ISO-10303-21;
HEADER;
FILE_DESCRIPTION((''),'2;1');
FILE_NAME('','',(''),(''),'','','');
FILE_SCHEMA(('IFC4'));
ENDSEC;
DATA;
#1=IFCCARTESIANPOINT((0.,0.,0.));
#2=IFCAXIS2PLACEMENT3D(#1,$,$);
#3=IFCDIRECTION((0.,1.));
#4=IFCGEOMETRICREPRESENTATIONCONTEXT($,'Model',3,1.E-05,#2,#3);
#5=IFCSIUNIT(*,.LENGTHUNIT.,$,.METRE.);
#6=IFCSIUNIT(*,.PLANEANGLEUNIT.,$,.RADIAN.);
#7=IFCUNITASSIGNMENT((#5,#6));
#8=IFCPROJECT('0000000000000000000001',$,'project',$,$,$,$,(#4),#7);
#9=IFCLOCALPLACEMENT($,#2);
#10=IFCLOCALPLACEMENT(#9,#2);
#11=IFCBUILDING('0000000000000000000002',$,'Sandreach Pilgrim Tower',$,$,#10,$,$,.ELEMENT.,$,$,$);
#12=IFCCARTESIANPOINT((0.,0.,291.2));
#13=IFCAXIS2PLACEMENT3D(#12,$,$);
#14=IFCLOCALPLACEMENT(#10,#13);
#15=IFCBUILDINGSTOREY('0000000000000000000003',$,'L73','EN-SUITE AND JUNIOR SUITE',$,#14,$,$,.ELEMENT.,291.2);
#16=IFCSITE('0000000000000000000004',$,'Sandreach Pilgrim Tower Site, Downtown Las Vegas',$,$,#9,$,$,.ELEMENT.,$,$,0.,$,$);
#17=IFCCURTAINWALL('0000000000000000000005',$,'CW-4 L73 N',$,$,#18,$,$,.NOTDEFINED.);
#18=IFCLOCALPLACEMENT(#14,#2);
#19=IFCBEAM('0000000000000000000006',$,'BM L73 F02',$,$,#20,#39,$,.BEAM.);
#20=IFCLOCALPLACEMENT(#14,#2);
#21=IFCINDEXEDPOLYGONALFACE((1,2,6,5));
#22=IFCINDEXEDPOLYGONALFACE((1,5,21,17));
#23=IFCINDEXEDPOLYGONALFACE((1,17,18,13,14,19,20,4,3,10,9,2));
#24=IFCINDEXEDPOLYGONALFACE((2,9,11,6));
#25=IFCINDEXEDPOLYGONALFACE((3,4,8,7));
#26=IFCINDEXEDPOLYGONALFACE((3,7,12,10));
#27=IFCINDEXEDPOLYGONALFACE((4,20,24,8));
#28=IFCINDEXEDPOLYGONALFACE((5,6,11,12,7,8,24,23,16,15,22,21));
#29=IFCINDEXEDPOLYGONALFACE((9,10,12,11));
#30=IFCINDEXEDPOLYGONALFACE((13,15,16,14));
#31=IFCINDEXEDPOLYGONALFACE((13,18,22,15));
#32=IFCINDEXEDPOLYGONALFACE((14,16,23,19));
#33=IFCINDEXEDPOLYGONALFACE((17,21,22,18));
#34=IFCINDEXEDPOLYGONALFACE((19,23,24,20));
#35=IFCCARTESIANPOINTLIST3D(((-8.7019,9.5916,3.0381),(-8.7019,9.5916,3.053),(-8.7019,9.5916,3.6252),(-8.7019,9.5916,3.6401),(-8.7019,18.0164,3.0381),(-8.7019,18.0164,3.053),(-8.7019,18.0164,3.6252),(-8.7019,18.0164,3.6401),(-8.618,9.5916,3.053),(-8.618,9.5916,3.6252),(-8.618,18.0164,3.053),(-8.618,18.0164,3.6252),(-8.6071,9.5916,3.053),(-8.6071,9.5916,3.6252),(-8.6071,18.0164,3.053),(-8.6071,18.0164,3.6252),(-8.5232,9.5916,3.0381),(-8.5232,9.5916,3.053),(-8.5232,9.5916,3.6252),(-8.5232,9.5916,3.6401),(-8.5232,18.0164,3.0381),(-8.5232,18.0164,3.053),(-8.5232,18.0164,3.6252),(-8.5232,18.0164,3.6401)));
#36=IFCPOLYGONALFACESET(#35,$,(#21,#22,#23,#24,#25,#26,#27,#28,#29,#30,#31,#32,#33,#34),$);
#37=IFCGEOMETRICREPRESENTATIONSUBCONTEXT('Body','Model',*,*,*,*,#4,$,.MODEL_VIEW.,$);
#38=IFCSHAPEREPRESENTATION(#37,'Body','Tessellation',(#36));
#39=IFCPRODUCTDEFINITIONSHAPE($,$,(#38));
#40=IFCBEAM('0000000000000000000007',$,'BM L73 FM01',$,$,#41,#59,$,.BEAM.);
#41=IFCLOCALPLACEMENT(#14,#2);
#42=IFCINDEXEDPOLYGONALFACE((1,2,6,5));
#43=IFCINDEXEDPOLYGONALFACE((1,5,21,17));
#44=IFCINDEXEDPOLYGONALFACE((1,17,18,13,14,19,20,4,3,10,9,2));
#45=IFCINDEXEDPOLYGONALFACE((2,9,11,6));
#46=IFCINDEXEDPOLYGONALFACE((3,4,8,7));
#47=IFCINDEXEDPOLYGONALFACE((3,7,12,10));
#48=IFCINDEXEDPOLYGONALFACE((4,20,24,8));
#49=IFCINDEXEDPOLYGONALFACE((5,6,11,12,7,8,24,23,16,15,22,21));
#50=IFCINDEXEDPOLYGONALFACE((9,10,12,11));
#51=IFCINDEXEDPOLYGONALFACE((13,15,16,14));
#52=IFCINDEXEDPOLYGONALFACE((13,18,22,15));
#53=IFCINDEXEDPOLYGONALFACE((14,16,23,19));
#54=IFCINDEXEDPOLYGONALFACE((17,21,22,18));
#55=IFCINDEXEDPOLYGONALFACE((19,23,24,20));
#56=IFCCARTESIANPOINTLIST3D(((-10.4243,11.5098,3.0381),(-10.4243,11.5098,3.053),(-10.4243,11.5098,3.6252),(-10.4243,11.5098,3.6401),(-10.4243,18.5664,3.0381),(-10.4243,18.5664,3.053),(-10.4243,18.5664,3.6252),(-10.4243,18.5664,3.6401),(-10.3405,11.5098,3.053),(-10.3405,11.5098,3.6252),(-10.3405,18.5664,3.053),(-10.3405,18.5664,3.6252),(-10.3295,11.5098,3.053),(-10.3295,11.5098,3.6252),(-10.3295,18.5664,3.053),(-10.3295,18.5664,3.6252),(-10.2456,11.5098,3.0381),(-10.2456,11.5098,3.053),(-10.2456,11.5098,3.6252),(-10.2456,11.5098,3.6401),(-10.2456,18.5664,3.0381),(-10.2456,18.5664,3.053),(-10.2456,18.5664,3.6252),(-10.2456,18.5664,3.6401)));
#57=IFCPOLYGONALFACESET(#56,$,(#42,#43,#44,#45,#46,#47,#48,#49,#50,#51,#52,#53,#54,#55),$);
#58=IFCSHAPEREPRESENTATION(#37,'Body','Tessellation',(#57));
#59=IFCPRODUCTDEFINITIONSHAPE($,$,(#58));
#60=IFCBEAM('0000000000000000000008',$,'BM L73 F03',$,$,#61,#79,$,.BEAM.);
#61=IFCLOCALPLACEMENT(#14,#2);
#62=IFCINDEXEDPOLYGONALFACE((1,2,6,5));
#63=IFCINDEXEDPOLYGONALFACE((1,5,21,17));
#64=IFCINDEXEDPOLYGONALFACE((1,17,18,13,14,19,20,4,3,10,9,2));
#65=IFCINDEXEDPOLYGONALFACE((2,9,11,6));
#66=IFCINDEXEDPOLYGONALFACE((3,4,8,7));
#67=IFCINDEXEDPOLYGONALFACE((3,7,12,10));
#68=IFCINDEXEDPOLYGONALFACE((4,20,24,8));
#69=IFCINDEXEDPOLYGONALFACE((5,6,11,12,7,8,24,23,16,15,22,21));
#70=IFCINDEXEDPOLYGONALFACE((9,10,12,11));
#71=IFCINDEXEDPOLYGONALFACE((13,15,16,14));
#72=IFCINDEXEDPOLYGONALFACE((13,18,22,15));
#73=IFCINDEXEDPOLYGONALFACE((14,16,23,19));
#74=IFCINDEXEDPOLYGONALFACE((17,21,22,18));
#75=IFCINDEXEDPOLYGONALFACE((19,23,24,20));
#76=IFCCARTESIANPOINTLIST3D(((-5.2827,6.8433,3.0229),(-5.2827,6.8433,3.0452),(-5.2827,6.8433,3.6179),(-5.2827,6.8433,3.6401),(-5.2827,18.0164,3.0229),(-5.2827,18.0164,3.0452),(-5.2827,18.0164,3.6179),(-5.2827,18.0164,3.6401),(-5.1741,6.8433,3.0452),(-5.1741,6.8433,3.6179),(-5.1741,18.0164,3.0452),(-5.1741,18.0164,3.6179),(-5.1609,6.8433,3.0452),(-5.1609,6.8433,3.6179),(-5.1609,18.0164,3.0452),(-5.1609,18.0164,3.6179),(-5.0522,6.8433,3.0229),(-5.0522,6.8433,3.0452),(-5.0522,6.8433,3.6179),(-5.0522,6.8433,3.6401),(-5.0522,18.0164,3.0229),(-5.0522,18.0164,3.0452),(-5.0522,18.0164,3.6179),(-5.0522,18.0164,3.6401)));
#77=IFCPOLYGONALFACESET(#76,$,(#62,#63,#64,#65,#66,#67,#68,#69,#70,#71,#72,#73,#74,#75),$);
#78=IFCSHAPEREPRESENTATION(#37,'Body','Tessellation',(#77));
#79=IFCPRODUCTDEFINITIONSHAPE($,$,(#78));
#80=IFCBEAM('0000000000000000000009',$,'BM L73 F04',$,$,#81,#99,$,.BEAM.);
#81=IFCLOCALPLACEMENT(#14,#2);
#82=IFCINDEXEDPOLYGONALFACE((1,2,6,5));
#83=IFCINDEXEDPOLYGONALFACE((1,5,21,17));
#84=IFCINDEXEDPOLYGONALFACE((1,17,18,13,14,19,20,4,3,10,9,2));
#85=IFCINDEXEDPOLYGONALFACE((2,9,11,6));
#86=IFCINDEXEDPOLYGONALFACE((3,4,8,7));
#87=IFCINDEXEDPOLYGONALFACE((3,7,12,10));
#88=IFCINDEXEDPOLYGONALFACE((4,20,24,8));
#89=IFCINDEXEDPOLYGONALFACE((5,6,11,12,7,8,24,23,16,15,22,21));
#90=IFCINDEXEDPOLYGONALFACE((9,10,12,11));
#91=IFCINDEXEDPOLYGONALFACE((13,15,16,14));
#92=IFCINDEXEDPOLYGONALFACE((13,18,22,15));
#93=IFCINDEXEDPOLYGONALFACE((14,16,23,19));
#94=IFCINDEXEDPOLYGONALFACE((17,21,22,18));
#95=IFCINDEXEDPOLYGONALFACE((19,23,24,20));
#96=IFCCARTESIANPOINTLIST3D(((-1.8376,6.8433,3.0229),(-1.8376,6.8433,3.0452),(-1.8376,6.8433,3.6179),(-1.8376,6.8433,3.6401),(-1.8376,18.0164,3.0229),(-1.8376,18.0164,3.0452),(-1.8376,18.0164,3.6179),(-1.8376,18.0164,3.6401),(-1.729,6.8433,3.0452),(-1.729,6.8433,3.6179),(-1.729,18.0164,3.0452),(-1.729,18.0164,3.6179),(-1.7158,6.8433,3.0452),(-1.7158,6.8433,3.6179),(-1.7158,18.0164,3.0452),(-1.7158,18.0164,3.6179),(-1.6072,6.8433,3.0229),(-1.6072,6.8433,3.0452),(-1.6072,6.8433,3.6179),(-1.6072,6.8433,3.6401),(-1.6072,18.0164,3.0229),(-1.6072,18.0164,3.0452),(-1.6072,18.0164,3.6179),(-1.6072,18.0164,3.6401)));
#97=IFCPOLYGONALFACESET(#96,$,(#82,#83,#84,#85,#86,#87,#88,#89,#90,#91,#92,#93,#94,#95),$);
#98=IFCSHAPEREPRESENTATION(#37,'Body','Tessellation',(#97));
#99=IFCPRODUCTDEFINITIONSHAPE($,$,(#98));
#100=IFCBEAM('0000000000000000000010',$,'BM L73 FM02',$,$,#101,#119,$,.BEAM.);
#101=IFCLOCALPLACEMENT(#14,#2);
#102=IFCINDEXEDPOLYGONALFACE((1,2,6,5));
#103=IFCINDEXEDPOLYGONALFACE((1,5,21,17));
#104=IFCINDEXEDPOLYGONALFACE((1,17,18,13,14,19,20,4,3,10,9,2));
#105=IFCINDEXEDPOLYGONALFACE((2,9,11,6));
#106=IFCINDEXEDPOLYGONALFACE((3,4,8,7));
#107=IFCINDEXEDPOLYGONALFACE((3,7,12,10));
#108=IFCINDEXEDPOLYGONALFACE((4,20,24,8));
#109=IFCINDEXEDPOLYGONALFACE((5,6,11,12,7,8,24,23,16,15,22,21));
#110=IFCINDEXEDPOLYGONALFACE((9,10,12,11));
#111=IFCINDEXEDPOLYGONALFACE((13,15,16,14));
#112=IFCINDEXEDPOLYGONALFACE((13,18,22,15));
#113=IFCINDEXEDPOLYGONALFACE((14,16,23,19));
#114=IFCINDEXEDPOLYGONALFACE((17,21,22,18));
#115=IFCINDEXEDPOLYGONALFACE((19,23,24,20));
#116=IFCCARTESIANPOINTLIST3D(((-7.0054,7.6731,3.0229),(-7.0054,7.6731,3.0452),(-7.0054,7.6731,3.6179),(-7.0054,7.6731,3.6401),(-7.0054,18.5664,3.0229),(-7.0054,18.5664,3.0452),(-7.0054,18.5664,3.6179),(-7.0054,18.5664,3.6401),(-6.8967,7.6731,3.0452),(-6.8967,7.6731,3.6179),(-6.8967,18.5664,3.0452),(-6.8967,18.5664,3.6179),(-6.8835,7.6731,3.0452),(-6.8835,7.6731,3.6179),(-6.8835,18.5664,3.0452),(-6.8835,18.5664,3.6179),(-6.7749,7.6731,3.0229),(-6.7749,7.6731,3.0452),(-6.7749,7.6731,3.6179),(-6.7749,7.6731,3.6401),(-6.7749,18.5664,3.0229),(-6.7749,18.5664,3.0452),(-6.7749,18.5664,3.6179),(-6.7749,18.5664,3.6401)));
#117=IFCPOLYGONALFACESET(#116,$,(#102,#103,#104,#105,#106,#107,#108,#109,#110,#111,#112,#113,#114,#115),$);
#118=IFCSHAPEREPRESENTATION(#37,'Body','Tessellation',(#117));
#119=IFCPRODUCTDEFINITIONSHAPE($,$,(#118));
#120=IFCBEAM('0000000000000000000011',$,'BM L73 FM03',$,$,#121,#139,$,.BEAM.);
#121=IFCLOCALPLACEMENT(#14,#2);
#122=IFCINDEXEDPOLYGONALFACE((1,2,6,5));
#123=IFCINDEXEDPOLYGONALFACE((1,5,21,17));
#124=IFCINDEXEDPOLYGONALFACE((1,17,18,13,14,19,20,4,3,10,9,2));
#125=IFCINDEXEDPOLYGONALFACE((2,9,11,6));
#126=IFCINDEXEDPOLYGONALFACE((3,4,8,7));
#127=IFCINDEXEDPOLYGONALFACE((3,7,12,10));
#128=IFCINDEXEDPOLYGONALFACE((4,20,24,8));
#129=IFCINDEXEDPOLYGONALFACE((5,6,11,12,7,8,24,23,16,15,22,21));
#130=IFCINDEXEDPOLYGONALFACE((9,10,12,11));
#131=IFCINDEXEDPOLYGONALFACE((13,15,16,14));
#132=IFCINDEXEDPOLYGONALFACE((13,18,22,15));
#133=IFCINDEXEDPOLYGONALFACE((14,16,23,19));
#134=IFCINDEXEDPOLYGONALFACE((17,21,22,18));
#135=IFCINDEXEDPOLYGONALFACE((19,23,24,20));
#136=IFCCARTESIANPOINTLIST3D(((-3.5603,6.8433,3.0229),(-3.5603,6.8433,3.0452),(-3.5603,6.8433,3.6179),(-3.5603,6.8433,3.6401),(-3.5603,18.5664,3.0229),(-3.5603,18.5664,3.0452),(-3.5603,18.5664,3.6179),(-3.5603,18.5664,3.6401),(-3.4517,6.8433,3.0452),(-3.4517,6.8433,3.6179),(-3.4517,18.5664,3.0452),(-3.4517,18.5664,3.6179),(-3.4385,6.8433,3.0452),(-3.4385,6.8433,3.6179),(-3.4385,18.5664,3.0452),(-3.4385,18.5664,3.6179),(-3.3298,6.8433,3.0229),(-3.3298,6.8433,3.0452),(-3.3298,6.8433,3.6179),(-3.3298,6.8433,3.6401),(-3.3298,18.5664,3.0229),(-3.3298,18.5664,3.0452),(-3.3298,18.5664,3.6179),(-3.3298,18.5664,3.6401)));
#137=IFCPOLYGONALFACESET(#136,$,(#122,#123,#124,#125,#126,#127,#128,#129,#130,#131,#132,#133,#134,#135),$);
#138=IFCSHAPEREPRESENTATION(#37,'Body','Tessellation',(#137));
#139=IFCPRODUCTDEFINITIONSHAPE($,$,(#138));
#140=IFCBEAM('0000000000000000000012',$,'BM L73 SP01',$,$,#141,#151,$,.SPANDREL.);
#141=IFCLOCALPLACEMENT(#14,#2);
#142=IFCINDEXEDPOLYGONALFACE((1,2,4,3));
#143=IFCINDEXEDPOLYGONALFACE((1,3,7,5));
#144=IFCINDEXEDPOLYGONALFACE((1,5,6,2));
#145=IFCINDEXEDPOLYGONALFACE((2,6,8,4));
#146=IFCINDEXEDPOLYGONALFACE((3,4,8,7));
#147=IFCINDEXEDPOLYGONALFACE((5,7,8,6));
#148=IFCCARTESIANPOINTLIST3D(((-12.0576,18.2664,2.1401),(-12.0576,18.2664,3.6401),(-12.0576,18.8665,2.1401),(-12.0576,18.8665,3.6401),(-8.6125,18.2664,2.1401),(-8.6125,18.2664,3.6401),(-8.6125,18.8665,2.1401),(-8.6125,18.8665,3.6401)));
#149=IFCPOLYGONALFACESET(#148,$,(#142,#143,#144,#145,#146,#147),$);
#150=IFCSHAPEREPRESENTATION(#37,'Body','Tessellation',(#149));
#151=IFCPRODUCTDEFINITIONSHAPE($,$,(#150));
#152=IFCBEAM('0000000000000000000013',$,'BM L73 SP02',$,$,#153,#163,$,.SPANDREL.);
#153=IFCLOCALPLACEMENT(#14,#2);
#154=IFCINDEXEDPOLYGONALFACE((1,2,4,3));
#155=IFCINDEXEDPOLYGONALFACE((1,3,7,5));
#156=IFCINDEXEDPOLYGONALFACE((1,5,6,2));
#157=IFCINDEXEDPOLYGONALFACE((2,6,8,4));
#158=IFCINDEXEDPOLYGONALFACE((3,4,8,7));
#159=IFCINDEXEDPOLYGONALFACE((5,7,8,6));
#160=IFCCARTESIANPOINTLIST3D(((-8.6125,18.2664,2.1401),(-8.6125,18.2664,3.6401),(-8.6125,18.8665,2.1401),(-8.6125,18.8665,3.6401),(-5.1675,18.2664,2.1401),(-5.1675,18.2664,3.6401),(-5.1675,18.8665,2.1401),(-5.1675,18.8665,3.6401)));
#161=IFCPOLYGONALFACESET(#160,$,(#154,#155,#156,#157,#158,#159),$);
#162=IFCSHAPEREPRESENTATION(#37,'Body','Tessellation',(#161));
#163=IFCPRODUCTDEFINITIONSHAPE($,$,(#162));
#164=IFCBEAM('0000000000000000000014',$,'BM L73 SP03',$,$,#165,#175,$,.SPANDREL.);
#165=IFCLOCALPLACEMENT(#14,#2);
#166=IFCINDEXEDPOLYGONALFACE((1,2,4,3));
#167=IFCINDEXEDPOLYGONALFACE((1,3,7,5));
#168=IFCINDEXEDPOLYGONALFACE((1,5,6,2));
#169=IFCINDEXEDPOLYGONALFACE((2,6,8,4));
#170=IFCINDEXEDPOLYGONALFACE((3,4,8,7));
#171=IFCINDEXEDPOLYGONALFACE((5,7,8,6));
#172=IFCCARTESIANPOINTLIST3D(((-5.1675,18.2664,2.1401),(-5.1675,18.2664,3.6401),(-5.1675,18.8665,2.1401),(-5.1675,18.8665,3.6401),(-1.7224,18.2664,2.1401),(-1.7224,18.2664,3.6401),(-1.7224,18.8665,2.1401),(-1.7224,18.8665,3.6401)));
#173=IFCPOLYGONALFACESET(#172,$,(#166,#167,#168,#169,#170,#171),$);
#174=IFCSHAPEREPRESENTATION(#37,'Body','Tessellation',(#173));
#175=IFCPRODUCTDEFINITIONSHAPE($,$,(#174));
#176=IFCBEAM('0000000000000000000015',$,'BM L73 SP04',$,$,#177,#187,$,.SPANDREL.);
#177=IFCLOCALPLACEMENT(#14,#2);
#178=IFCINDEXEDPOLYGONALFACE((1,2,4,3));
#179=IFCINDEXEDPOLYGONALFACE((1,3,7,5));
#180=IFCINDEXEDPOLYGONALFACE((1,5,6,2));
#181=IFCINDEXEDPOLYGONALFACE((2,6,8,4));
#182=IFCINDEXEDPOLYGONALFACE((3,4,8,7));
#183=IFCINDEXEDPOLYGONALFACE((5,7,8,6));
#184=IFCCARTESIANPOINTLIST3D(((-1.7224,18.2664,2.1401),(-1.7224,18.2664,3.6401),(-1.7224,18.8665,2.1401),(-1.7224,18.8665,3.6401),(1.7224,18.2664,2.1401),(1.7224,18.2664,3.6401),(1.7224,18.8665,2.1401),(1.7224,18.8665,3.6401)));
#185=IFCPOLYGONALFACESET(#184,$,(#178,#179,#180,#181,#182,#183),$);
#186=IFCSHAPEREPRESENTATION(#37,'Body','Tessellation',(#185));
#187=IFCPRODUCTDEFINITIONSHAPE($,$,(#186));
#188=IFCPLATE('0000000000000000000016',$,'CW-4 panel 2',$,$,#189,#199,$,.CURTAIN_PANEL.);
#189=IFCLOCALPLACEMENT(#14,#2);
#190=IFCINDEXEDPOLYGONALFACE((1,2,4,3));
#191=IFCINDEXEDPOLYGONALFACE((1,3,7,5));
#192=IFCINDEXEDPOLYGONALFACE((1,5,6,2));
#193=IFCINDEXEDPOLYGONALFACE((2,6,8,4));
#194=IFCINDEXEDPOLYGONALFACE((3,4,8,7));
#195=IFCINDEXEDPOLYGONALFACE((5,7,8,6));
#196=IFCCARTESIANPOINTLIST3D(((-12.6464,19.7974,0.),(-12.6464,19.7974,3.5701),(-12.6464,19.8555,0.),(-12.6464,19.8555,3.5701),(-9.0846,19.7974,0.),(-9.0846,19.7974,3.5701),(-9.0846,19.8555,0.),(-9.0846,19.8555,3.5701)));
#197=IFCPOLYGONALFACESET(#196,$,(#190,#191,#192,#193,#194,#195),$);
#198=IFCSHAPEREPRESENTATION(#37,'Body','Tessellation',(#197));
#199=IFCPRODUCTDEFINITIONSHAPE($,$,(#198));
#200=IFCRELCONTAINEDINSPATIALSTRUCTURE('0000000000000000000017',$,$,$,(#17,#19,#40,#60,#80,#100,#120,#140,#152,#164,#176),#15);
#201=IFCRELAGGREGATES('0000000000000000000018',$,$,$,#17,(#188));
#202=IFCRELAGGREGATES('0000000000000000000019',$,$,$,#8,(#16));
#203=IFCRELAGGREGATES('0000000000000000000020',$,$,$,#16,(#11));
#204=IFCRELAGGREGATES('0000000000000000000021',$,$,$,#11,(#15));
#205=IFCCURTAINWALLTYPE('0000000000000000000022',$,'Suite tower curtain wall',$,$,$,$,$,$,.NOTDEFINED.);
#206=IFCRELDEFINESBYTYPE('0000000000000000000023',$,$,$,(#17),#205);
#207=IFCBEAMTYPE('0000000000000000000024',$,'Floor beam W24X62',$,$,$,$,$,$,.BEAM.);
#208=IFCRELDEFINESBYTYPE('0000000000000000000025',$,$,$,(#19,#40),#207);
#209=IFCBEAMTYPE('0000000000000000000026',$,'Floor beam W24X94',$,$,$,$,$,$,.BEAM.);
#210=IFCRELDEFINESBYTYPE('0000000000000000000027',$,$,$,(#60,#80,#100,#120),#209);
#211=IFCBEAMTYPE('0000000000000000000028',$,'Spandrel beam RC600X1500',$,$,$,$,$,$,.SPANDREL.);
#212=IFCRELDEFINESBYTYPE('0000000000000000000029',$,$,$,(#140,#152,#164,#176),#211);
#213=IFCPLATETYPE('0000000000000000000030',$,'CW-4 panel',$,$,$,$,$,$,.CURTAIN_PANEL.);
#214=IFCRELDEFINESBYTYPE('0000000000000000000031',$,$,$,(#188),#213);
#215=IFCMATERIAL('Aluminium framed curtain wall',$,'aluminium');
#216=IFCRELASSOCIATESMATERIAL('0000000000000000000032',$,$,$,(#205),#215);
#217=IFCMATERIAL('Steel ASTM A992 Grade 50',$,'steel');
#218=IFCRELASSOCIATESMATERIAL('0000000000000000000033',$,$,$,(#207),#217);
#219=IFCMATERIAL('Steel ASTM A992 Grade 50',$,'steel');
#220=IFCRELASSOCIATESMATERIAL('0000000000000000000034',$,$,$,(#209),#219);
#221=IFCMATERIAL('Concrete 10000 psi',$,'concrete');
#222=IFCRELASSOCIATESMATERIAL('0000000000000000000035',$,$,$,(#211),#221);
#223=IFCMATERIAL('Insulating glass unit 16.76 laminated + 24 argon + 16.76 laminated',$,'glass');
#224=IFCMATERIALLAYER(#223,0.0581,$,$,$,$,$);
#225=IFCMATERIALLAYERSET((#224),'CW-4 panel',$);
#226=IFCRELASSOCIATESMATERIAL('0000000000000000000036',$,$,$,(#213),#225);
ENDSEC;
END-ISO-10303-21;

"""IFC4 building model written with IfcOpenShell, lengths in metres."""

from ifc_helpers import new_model, si_unit, direction, frame, origin, origin_2d, place, context, subcontext, project, spatial, rectangle, i_section, extrude, material, layer, layer_set, material_profile, profile_set, type_object, element, aggregate, save


model = new_model("IFC4")

# Units and contexts
model_context = context("Model", 3, precision=1e-05, world=origin(), true_north=direction((0.0, 1.0)))
body_context = subcontext(model_context, "Body", "Model", "MODEL_VIEW")
ifc_project = project(units=[si_unit("LENGTHUNIT", "METRE"), si_unit("PLANEANGLEUNIT", "RADIAN")], contexts=[model_context])

# Site, building, storey
site_placement = place(None, origin())
site = spatial("IfcSite", under=ifc_project, at=site_placement, Name="Sandreach Pilgrim Tower Site, Downtown Las Vegas", CompositionType="ELEMENT", RefElevation=0.0)
building_placement = place(site_placement, origin())
building = spatial("IfcBuilding", under=site, at=building_placement, Name="Sandreach Pilgrim Tower", CompositionType="ELEMENT")
storey_placement = place(building_placement, frame((0.0, 0.0, 291.2)))
storey = spatial("IfcBuildingStorey", under=building, at=storey_placement, Name="L73", Description="EN-SUITE AND JUNIOR SUITE", CompositionType="ELEMENT", Elevation=291.2)

# Curtain wall
ifc_material_1 = material(Name="Aluminium framed curtain wall", Category="aluminium")
curtain_wall_type = type_object("IfcCurtainWallType", Name="Suite tower curtain wall", PredefinedType="NOTDEFINED", material=ifc_material_1)
curtain_wall_placement = place(storey_placement, origin())
curtain_wall = element("IfcCurtainWall", 1, at=curtain_wall_placement, inside=storey, type_object=curtain_wall_type, Name="CW-4 L73 N", PredefinedType="NOTDEFINED")

# Beams
ifc_material_2 = material(Name="Steel ASTM A992 Grade 50", Category="steel")
ifc_material_profile_1 = material_profile(ifc_material_2, i_section(OverallWidth=0.1787, OverallDepth=0.6021, WebThickness=0.011, FlangeThickness=0.0149, at=origin_2d()), Name="W24X62")
ifc_profile_set_1 = profile_set([ifc_material_profile_1], Name="Steel ASTM A992 Grade 50")
beam_type_1 = type_object("IfcBeamType", Name="Floor beam W24X62", PredefinedType="BEAM", material=ifc_profile_set_1)
beam_1_placement = place(storey_placement, frame((-8.6125, 18.0164, 3.3391), z_axis=(0.0, -1.0, 0.0), x_axis=(1.0, 0.0, 0.0)))
element("IfcBeam", 2, at=beam_1_placement, inside=storey, type_object=beam_type_1, Name="BM L73 F02", PredefinedType="BEAM", context=body_context, shape_type="SweptSolid", body=[
    extrude(i_section(OverallWidth=0.1787, OverallDepth=0.6021, WebThickness=0.011, FlangeThickness=0.0149, at=origin_2d()), origin(), (0.0, 0.0, 1.0), 8.4248),
])
beam_2_placement = place(storey_placement, frame((-10.335, 18.5664, 3.3391), z_axis=(0.0, -1.0, 0.0), x_axis=(1.0, 0.0, 0.0)))
element("IfcBeam", 3, at=beam_2_placement, inside=storey, type_object=beam_type_1, Name="BM L73 FM01", PredefinedType="BEAM", context=body_context, shape_type="SweptSolid", body=[
    extrude(i_section(OverallWidth=0.1787, OverallDepth=0.6021, WebThickness=0.011, FlangeThickness=0.0149, at=origin_2d()), origin(), (0.0, 0.0, 1.0), 7.0566),
])
ifc_material_3 = material(Name="Steel ASTM A992 Grade 50", Category="steel")
ifc_material_profile_2 = material_profile(ifc_material_3, i_section(OverallWidth=0.2305, OverallDepth=0.6172, WebThickness=0.0132, FlangeThickness=0.0222, at=origin_2d()), Name="W24X94")
ifc_profile_set_2 = profile_set([ifc_material_profile_2], Name="Steel ASTM A992 Grade 50")
beam_type_2 = type_object("IfcBeamType", Name="Floor beam W24X94", PredefinedType="BEAM", material=ifc_profile_set_2)
for number, where, z_axis, x_axis, name in (
    (4, (-5.1675, 18.0164, 3.3315), (0.0, -1.0, 0.0), (1.0, 0.0, 0.0), "BM L73 F03"),
    (5, (-1.7224, 18.0164, 3.3315), (0.0, -1.0, 0.0), (1.0, 0.0, 0.0), "BM L73 F04"),
):
    element("IfcBeam", number, at=place(storey_placement, frame(where, z_axis=z_axis, x_axis=x_axis)), inside=storey, type_object=beam_type_2, Name=name, PredefinedType="BEAM", context=body_context, shape_type="SweptSolid", body=[
        extrude(i_section(OverallWidth=0.2305, OverallDepth=0.6172, WebThickness=0.0132, FlangeThickness=0.0222, at=origin_2d()), origin(), (0.0, 0.0, 1.0), 11.1731),
    ])
beam_3_placement = place(storey_placement, frame((-6.8901, 18.5664, 3.3315), z_axis=(0.0, -1.0, 0.0), x_axis=(1.0, 0.0, 0.0)))
element("IfcBeam", 6, at=beam_3_placement, inside=storey, type_object=beam_type_2, Name="BM L73 FM02", PredefinedType="BEAM", context=body_context, shape_type="SweptSolid", body=[
    extrude(i_section(OverallWidth=0.2305, OverallDepth=0.6172, WebThickness=0.0132, FlangeThickness=0.0222, at=origin_2d()), origin(), (0.0, 0.0, 1.0), 10.8933),
])
beam_4_placement = place(storey_placement, frame((-3.4451, 18.5664, 3.3315), z_axis=(0.0, -1.0, 0.0), x_axis=(1.0, 0.0, 0.0)))
element("IfcBeam", 7, at=beam_4_placement, inside=storey, type_object=beam_type_2, Name="BM L73 FM03", PredefinedType="BEAM", context=body_context, shape_type="SweptSolid", body=[
    extrude(i_section(OverallWidth=0.2305, OverallDepth=0.6172, WebThickness=0.0132, FlangeThickness=0.0222, at=origin_2d()), origin(), (0.0, 0.0, 1.0), 11.7231),
])
ifc_material_4 = material(Name="Concrete 10000 psi", Category="concrete")
ifc_material_profile_3 = material_profile(ifc_material_4, rectangle(XDim=0.6001, YDim=1.5, at=origin_2d()), Name="RC600X1500")
ifc_profile_set_3 = profile_set([ifc_material_profile_3], Name="Concrete 10000 psi")
beam_type_3 = type_object("IfcBeamType", Name="Spandrel beam RC600X1500", PredefinedType="SPANDREL", material=ifc_profile_set_3)
for number, where, z_axis, x_axis, name in (
    (8, (-12.0576, 18.5664, 2.8901), (1.0, 0.0, 0.0), (0.0, 1.0, 0.0), "BM L73 SP01"),
    (9, (-8.6125, 18.5664, 2.8901), (1.0, 0.0, 0.0), (0.0, 1.0, 0.0), "BM L73 SP02"),
    (10, (-5.1675, 18.5664, 2.8901), (1.0, 0.0, 0.0), (0.0, 1.0, 0.0), "BM L73 SP03"),
):
    element("IfcBeam", number, at=place(storey_placement, frame(where, z_axis=z_axis, x_axis=x_axis)), inside=storey, type_object=beam_type_3, Name=name, PredefinedType="SPANDREL", context=body_context, shape_type="SweptSolid", body=[
        extrude(rectangle(XDim=0.6001, YDim=1.5, at=origin_2d()), origin(), (0.0, 0.0, 1.0), 3.4451),
    ])
beam_5_placement = place(storey_placement, frame((-1.7224, 18.5664, 2.8901), z_axis=(1.0, 0.0, 0.0), x_axis=(0.0, 1.0, 0.0)))
element("IfcBeam", 11, at=beam_5_placement, inside=storey, type_object=beam_type_3, Name="BM L73 SP04", PredefinedType="SPANDREL", context=body_context, shape_type="SweptSolid", body=[
    extrude(rectangle(XDim=0.6001, YDim=1.5, at=origin_2d()), origin(), (0.0, 0.0, 1.0), 3.4448),
])

# Plate
ifc_material_5 = material(Name="Insulating glass unit 16.76 laminated + 24 argon + 16.76 laminated", Category="glass")
ifc_layer_1 = layer(ifc_material_5, 0.0581)
ifc_layer_set_1 = layer_set([ifc_layer_1], Name="CW-4 panel")
plate_type = type_object("IfcPlateType", Name="CW-4 panel", PredefinedType="CURTAIN_PANEL", material=ifc_layer_set_1)
plate_1_placement = place(storey_placement, frame((-10.8655, 19.8264, 0.0), z_axis=(0.0, 0.0, 1.0), x_axis=(1.0, 0.0, 0.0)))
plate_1 = element("IfcPlate", 12, at=plate_1_placement, type_object=plate_type, Name="CW-4 panel 2", PredefinedType="CURTAIN_PANEL", context=body_context, shape_type="SweptSolid", body=[
    extrude(rectangle(XDim=3.5618, YDim=0.0581, at=origin_2d()), origin(), (0.0, 0.0, 1.0), 3.5701),
])
aggregate(curtain_wall, [plate_1])

save(model, "model.ifc")
